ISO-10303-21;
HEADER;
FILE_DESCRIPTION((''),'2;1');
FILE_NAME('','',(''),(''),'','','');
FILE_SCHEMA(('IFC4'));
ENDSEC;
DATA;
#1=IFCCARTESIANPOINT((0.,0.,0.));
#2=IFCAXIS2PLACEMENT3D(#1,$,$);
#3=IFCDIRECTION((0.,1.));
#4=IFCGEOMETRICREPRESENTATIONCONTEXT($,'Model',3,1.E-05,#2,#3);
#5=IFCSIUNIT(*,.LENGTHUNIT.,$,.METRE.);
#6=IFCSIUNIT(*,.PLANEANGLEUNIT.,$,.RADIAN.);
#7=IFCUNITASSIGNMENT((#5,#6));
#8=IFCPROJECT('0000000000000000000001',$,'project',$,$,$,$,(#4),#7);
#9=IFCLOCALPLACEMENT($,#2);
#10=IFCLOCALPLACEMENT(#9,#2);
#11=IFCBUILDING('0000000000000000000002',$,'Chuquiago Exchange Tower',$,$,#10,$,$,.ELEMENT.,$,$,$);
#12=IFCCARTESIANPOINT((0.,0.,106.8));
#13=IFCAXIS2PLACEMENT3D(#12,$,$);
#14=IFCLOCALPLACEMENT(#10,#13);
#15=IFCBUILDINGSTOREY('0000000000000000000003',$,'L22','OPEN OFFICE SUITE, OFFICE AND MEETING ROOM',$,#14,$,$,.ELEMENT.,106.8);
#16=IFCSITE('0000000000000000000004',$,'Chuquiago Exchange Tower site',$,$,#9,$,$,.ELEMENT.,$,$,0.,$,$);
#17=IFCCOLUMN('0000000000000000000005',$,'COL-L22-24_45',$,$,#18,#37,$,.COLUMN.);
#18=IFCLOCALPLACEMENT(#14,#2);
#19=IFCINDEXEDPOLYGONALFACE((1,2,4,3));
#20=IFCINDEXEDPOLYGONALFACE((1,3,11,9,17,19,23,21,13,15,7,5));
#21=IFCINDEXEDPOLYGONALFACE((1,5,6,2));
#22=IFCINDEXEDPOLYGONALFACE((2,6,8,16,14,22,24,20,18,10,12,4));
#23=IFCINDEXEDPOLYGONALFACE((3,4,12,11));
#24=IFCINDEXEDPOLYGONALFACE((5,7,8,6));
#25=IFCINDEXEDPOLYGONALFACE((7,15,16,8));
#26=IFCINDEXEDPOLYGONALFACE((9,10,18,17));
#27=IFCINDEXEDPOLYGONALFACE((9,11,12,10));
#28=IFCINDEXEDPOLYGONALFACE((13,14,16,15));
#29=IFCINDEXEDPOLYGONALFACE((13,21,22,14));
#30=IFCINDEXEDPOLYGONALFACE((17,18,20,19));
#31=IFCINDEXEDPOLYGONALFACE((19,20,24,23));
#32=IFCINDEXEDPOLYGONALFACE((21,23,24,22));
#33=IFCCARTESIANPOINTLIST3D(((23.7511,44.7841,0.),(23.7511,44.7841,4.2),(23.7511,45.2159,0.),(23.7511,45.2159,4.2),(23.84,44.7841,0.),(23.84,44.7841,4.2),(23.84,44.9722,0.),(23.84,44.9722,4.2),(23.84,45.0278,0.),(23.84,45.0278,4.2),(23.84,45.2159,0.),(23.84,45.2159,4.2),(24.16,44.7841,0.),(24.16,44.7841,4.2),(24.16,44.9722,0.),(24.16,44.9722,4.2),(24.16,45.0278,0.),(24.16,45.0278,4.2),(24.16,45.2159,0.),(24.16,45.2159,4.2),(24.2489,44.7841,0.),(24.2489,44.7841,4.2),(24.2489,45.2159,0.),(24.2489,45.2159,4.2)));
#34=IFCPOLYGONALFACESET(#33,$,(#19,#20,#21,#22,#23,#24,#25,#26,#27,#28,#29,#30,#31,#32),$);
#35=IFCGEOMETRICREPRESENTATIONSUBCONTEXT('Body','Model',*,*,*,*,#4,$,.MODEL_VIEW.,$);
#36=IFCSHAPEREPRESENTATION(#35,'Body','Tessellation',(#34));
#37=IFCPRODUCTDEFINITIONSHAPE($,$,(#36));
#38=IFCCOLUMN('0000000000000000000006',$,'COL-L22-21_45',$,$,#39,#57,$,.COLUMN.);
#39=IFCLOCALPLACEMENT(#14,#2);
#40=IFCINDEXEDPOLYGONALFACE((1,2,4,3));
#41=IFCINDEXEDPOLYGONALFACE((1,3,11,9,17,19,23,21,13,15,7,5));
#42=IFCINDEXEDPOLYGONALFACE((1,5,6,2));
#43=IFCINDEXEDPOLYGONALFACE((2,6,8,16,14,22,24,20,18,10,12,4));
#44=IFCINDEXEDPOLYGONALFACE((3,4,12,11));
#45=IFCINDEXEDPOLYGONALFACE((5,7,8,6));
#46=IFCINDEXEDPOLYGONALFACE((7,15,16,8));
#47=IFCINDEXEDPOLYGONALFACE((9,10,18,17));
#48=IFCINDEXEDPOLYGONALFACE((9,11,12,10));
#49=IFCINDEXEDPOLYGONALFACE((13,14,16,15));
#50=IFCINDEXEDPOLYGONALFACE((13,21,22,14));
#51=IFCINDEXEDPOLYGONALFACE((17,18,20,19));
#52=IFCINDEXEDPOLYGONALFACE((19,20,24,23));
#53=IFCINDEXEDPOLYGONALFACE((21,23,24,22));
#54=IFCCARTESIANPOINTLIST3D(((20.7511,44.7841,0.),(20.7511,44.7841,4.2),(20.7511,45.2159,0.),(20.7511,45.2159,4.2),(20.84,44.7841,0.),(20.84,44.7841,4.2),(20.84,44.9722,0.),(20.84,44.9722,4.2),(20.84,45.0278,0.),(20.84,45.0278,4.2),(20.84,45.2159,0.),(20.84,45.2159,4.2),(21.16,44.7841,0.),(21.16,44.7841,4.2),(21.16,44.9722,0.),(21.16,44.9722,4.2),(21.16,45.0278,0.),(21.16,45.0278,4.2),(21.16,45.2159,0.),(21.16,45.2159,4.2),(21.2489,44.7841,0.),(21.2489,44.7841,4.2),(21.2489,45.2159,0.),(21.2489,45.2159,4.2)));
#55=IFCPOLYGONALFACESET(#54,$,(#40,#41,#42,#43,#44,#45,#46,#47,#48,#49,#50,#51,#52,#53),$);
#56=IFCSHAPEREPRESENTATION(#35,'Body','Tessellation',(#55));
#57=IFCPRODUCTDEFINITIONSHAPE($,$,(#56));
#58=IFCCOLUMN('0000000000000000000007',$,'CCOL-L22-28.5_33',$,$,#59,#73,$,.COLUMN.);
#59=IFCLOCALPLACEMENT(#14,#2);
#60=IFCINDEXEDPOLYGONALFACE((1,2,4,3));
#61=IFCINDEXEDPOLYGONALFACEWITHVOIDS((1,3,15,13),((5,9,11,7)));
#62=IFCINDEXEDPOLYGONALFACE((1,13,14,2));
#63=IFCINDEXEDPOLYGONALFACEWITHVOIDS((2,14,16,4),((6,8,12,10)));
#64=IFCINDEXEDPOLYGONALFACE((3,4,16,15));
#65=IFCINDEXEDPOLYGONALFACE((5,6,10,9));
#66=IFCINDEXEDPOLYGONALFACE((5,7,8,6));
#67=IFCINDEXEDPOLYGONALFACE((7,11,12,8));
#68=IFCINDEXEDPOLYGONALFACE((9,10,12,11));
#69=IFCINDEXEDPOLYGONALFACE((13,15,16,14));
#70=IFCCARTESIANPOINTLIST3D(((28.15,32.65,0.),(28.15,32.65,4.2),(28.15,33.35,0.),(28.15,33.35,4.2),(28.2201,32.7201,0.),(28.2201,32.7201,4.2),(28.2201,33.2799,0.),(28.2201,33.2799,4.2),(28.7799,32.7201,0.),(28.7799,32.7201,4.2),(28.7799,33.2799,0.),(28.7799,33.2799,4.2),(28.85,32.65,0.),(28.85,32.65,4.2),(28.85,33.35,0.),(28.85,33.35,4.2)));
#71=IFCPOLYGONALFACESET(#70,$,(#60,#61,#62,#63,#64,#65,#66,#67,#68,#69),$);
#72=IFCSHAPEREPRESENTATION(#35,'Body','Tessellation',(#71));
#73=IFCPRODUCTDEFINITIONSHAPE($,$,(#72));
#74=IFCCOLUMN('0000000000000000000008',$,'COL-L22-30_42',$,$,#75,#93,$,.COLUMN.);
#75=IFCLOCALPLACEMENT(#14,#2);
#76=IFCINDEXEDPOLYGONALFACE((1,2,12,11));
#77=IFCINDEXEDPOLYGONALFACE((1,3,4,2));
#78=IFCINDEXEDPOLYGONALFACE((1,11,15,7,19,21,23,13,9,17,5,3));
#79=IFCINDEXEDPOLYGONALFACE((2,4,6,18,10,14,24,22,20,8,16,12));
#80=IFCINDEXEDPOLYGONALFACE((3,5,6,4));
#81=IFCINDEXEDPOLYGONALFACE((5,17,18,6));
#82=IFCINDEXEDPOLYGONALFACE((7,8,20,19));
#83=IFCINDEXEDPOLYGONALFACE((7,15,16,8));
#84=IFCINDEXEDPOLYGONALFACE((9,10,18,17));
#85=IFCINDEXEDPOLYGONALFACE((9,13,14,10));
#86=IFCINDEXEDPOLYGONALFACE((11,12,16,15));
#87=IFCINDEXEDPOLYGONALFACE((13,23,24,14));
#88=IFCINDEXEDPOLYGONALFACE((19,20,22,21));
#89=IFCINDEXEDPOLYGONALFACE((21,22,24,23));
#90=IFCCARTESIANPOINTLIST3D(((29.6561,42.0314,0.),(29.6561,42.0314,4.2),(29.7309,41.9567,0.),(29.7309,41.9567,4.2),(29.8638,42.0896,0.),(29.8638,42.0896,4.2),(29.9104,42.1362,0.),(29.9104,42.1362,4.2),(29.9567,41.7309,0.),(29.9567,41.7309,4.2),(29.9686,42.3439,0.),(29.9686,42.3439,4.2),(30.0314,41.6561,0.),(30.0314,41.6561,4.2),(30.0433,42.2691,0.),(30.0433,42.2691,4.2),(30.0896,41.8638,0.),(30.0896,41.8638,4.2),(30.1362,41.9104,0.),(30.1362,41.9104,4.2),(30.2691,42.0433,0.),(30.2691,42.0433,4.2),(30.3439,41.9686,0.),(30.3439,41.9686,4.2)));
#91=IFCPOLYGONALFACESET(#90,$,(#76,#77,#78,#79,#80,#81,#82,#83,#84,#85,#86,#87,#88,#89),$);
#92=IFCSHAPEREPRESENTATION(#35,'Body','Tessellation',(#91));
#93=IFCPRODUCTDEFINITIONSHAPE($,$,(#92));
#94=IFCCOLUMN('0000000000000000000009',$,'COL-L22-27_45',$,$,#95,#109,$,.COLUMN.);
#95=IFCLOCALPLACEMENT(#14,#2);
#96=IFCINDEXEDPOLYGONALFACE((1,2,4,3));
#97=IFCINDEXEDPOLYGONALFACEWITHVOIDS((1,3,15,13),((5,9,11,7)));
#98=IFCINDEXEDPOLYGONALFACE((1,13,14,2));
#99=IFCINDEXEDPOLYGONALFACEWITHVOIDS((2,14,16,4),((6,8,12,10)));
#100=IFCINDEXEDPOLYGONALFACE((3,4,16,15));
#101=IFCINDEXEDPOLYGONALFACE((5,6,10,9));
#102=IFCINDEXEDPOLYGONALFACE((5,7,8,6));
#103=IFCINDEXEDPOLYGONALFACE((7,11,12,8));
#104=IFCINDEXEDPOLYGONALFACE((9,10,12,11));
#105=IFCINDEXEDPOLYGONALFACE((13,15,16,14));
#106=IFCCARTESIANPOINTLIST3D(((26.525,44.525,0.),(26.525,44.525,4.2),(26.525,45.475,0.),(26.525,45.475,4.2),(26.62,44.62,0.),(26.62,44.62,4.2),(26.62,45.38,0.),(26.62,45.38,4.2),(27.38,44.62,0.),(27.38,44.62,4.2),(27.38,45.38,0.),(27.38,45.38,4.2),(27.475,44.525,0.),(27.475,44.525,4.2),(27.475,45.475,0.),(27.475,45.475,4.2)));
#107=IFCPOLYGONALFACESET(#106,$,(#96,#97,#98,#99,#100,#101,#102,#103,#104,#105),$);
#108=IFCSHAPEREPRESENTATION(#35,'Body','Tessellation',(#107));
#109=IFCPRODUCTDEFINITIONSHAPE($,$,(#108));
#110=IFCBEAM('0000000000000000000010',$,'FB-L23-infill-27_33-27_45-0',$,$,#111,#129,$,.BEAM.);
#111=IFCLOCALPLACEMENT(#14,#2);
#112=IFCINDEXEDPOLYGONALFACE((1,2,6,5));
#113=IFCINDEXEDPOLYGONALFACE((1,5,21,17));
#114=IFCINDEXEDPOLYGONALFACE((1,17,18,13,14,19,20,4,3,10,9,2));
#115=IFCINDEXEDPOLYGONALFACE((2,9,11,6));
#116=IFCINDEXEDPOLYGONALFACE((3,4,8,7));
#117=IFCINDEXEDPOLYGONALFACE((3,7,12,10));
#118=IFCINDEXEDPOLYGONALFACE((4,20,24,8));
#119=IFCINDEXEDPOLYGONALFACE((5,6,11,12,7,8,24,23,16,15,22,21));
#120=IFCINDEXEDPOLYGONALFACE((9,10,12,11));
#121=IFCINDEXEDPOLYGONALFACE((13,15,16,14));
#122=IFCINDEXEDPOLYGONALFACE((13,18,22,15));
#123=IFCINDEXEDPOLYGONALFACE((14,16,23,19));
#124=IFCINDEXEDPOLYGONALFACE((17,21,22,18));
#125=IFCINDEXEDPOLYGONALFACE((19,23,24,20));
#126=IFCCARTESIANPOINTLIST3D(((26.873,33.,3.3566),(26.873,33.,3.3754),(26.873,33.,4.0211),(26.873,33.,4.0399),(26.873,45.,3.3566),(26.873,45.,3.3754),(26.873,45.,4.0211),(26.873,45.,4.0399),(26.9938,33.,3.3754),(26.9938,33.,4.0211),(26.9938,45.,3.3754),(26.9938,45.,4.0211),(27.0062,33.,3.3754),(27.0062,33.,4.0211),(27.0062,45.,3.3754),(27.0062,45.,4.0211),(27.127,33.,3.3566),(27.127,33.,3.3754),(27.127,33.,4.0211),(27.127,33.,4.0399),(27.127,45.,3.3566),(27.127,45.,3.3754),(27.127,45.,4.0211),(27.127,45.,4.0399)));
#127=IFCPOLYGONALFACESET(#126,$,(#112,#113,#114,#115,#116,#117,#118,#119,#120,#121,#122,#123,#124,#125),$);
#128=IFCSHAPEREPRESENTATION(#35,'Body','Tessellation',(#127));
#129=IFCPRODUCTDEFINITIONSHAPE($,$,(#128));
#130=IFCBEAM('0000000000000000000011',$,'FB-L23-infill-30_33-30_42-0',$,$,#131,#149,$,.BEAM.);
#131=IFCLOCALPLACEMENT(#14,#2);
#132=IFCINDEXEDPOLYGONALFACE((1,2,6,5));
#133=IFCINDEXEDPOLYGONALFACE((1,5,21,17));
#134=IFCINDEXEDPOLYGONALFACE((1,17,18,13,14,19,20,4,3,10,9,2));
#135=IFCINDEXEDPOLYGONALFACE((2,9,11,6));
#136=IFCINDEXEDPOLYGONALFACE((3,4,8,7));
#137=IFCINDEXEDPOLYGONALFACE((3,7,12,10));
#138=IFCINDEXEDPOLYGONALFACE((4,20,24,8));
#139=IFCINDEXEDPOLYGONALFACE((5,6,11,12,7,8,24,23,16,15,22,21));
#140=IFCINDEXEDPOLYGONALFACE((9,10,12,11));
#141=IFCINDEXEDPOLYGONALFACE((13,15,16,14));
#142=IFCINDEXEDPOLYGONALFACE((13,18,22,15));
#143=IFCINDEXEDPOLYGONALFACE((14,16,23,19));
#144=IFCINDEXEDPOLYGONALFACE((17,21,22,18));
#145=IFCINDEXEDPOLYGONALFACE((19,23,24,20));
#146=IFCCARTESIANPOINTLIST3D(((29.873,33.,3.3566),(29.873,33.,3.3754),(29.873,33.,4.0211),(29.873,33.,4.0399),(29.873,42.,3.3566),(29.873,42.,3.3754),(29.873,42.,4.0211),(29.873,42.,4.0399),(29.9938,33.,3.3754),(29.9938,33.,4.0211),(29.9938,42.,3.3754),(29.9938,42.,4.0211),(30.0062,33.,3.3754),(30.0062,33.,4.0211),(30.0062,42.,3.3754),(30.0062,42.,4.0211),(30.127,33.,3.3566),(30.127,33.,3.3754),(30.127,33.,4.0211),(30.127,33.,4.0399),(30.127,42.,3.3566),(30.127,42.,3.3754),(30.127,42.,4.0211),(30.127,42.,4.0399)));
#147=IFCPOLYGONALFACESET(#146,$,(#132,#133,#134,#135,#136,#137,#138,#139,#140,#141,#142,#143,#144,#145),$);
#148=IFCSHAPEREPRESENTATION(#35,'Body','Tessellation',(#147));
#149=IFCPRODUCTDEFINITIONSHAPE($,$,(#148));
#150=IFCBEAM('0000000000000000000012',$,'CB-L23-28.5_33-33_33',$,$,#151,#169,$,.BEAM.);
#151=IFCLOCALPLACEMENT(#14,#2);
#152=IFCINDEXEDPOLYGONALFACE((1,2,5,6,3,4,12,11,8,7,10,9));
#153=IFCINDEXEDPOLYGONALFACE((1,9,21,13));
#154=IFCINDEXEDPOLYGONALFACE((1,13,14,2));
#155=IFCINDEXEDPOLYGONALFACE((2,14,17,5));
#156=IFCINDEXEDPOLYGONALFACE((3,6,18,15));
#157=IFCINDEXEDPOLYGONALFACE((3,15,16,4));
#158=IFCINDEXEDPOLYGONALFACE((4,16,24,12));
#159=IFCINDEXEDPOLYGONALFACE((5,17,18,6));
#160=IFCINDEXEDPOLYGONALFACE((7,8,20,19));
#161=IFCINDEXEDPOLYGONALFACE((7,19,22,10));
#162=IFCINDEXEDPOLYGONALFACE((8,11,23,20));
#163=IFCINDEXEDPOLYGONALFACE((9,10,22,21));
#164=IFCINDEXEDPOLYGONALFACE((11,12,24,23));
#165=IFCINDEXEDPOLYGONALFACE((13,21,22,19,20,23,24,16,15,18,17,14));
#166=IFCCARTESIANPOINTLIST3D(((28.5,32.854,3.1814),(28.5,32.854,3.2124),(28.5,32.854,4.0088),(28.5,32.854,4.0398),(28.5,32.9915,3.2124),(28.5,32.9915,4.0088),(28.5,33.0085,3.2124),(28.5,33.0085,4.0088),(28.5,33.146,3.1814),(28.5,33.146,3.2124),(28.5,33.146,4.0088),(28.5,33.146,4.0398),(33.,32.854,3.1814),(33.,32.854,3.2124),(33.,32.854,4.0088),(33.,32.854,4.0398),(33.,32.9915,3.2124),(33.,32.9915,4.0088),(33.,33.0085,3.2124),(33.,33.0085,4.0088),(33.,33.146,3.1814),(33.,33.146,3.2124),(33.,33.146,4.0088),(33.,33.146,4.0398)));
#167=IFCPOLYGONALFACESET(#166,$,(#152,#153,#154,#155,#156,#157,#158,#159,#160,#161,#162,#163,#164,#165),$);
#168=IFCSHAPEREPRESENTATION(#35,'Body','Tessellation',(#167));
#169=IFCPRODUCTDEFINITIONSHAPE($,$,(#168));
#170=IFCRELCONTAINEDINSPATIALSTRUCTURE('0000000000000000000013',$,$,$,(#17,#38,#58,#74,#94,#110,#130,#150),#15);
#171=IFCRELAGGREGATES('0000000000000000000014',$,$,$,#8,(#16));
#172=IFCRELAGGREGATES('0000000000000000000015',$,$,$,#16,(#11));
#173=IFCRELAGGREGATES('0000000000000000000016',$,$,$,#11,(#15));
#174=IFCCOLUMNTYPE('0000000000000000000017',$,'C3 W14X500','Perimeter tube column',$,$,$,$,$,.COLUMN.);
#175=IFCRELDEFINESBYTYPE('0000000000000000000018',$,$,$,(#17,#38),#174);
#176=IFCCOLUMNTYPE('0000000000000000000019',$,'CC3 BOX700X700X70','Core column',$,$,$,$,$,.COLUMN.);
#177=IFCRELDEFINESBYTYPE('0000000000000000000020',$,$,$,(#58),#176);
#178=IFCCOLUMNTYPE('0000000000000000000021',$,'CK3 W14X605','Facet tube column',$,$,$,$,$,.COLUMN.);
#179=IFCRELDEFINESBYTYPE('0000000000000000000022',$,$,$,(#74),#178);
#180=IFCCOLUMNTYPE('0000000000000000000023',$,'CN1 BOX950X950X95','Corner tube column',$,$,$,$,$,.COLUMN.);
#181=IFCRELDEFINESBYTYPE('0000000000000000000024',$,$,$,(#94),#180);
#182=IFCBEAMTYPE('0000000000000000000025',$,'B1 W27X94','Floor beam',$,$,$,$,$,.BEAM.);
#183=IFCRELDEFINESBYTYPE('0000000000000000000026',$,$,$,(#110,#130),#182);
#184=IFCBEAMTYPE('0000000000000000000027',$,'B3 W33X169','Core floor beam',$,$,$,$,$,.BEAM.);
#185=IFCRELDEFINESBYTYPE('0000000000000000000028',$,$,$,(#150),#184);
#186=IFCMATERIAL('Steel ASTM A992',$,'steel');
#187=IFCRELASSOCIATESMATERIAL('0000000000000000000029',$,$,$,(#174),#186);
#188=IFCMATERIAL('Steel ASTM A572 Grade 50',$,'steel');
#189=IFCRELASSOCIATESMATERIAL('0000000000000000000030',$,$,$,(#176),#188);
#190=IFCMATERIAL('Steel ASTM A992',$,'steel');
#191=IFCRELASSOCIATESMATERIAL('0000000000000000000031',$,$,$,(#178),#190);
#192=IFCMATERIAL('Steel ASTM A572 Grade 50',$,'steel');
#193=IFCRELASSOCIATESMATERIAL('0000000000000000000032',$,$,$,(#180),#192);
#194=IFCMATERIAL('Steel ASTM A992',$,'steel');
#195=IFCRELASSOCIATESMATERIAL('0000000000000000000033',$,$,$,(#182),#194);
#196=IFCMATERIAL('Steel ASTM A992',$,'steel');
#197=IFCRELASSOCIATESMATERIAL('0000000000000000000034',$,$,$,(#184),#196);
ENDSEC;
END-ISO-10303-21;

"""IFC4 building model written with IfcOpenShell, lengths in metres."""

from ifc_helpers import new_model, si_unit, direction, frame, origin, origin_2d, place, context, subcontext, project, spatial, hollow_rectangle, i_section, extrude, material, material_profile, profile_set, type_object, element, save


model = new_model("IFC4")

# Units and contexts
model_context = context("Model", 3, precision=1e-05, world=origin(), true_north=direction((0.0, 1.0)))
body_context = subcontext(model_context, "Body", "Model", "MODEL_VIEW")
ifc_project = project(units=[si_unit("LENGTHUNIT", "METRE"), si_unit("PLANEANGLEUNIT", "RADIAN")], contexts=[model_context])

# Site, building, storey
site_placement = place(None, origin())
site = spatial("IfcSite", under=ifc_project, at=site_placement, Name="Chuquiago Exchange Tower site", CompositionType="ELEMENT", RefElevation=0.0)
building_placement = place(site_placement, origin())
building = spatial("IfcBuilding", under=site, at=building_placement, Name="Chuquiago Exchange Tower", CompositionType="ELEMENT")
storey_placement = place(building_placement, frame((0.0, 0.0, 106.8)))
storey = spatial("IfcBuildingStorey", under=building, at=storey_placement, Name="L22", Description="OPEN OFFICE SUITE, OFFICE AND MEETING ROOM", CompositionType="ELEMENT", Elevation=106.8)

# Columns
ifc_material_1 = material(Name="Steel ASTM A992", Category="steel")
ifc_material_profile_1 = material_profile(ifc_material_1, i_section(OverallWidth=0.4319, OverallDepth=0.4978, WebThickness=0.0557, FlangeThickness=0.0889, at=origin_2d()), Name="W14X500")
ifc_profile_set_1 = profile_set([ifc_material_profile_1], Name="Steel ASTM A992")
column_type_1 = type_object("IfcColumnType", Name="C3 W14X500", Description="Perimeter tube column", PredefinedType="COLUMN", material=ifc_profile_set_1)
for number, where, z_axis, x_axis, name in (
    (1, (24.0, 45.0, 0.0), (0.0, 0.0, 1.0), (0.0, 1.0, 0.0), "COL-L22-24_45"),
    (2, (21.0, 45.0, 0.0), (0.0, 0.0, 1.0), (0.0, 1.0, 0.0), "COL-L22-21_45"),
):
    element("IfcColumn", number, at=place(storey_placement, frame(where, z_axis=z_axis, x_axis=x_axis)), inside=storey, type_object=column_type_1, Name=name, PredefinedType="COLUMN", context=body_context, shape_type="SweptSolid", body=[
        extrude(i_section(OverallWidth=0.4319, OverallDepth=0.4978, WebThickness=0.0557, FlangeThickness=0.0889, at=origin_2d()), origin(), (0.0, 0.0, 1.0), 4.2),
    ])
ifc_material_2 = material(Name="Steel ASTM A572 Grade 50", Category="steel")
ifc_material_profile_2 = material_profile(ifc_material_2, hollow_rectangle(XDim=0.7, YDim=0.7, WallThickness=0.0701, at=origin_2d()), Name="BOX700X700X70")
ifc_profile_set_2 = profile_set([ifc_material_profile_2], Name="Steel ASTM A572 Grade 50")
column_type_2 = type_object("IfcColumnType", Name="CC3 BOX700X700X70", Description="Core column", PredefinedType="COLUMN", material=ifc_profile_set_2)
column_1_placement = place(storey_placement, frame((28.5, 33.0, 0.0), z_axis=(0.0, 0.0, 1.0), x_axis=(1.0, 0.0, 0.0)))
element("IfcColumn", 3, at=column_1_placement, inside=storey, type_object=column_type_2, Name="CCOL-L22-28.5_33", PredefinedType="COLUMN", context=body_context, shape_type="SweptSolid", body=[
    extrude(hollow_rectangle(XDim=0.7, YDim=0.7, WallThickness=0.0701, at=origin_2d()), origin(), (0.0, 0.0, 1.0), 4.2),
])
ifc_material_3 = material(Name="Steel ASTM A992", Category="steel")
ifc_material_profile_3 = material_profile(ifc_material_3, i_section(OverallWidth=0.4419, OverallDepth=0.5308, WebThickness=0.0659, FlangeThickness=0.1057, at=origin_2d()), Name="W14X605")
ifc_profile_set_3 = profile_set([ifc_material_profile_3], Name="Steel ASTM A992")
column_type_3 = type_object("IfcColumnType", Name="CK3 W14X605", Description="Facet tube column", PredefinedType="COLUMN", material=ifc_profile_set_3)
column_2_placement = place(storey_placement, frame((30.0, 42.0, 0.0), z_axis=(0.0, 0.0, 1.0), x_axis=(0.707107, 0.707107, 0.0)))
element("IfcColumn", 4, at=column_2_placement, inside=storey, type_object=column_type_3, Name="COL-L22-30_42", PredefinedType="COLUMN", context=body_context, shape_type="SweptSolid", body=[
    extrude(i_section(OverallWidth=0.4419, OverallDepth=0.5308, WebThickness=0.0659, FlangeThickness=0.1057, at=origin_2d()), origin(), (0.0, 0.0, 1.0), 4.2),
])
ifc_material_4 = material(Name="Steel ASTM A572 Grade 50", Category="steel")
ifc_material_profile_4 = material_profile(ifc_material_4, hollow_rectangle(XDim=0.95, YDim=0.95, WallThickness=0.095, at=origin_2d()), Name="BOX950X950X95")
ifc_profile_set_4 = profile_set([ifc_material_profile_4], Name="Steel ASTM A572 Grade 50")
column_type_4 = type_object("IfcColumnType", Name="CN1 BOX950X950X95", Description="Corner tube column", PredefinedType="COLUMN", material=ifc_profile_set_4)
column_3_placement = place(storey_placement, frame((27.0, 45.0, 0.0), z_axis=(0.0, 0.0, 1.0), x_axis=(0.0, 1.0, 0.0)))
element("IfcColumn", 5, at=column_3_placement, inside=storey, type_object=column_type_4, Name="COL-L22-27_45", PredefinedType="COLUMN", context=body_context, shape_type="SweptSolid", body=[
    extrude(hollow_rectangle(XDim=0.95, YDim=0.95, WallThickness=0.095, at=origin_2d()), origin(), (0.0, 0.0, 1.0), 4.2),
])

# Beams
ifc_material_5 = material(Name="Steel ASTM A992", Category="steel")
ifc_material_profile_5 = material_profile(ifc_material_5, i_section(OverallWidth=0.2539, OverallDepth=0.6833, WebThickness=0.0125, FlangeThickness=0.0188, at=origin_2d()), Name="W27X94")
ifc_profile_set_5 = profile_set([ifc_material_profile_5], Name="Steel ASTM A992")
beam_type_1 = type_object("IfcBeamType", Name="B1 W27X94", Description="Floor beam", PredefinedType="BEAM", material=ifc_profile_set_5)
beam_1_placement = place(storey_placement, frame((27.0, 33.0, 3.6982), z_axis=(0.0, 1.0, 0.0), x_axis=(-1.0, 0.0, 0.0)))
element("IfcBeam", 6, at=beam_1_placement, inside=storey, type_object=beam_type_1, Name="FB-L23-infill-27_33-27_45-0", PredefinedType="BEAM", context=body_context, shape_type="SweptSolid", body=[
    extrude(i_section(OverallWidth=0.2539, OverallDepth=0.6833, WebThickness=0.0125, FlangeThickness=0.0188, at=origin_2d()), origin(), (0.0, 0.0, 1.0), 12.0),
])
beam_2_placement = place(storey_placement, frame((30.0, 33.0, 3.6982), z_axis=(0.0, 1.0, 0.0), x_axis=(-1.0, 0.0, 0.0)))
element("IfcBeam", 7, at=beam_2_placement, inside=storey, type_object=beam_type_1, Name="FB-L23-infill-30_33-30_42-0", PredefinedType="BEAM", context=body_context, shape_type="SweptSolid", body=[
    extrude(i_section(OverallWidth=0.2539, OverallDepth=0.6833, WebThickness=0.0125, FlangeThickness=0.0188, at=origin_2d()), origin(), (0.0, 0.0, 1.0), 9.0),
])
ifc_material_6 = material(Name="Steel ASTM A992", Category="steel")
ifc_material_profile_6 = material_profile(ifc_material_6, i_section(OverallWidth=0.292, OverallDepth=0.8584, WebThickness=0.0171, FlangeThickness=0.031, at=origin_2d()), Name="W33X169")
ifc_profile_set_6 = profile_set([ifc_material_profile_6], Name="Steel ASTM A992")
beam_type_2 = type_object("IfcBeamType", Name="B3 W33X169", Description="Core floor beam", PredefinedType="BEAM", material=ifc_profile_set_6)
beam_3_placement = place(storey_placement, frame((28.5, 33.0, 3.6106), z_axis=(1.0, 0.0, 0.0), x_axis=(0.0, 1.0, 0.0)))
element("IfcBeam", 8, at=beam_3_placement, inside=storey, type_object=beam_type_2, Name="CB-L23-28.5_33-33_33", PredefinedType="BEAM", context=body_context, shape_type="SweptSolid", body=[
    extrude(i_section(OverallWidth=0.292, OverallDepth=0.8584, WebThickness=0.0171, FlangeThickness=0.031, at=origin_2d()), origin(), (0.0, 0.0, 1.0), 4.5),
])

save(model, "model.ifc")
